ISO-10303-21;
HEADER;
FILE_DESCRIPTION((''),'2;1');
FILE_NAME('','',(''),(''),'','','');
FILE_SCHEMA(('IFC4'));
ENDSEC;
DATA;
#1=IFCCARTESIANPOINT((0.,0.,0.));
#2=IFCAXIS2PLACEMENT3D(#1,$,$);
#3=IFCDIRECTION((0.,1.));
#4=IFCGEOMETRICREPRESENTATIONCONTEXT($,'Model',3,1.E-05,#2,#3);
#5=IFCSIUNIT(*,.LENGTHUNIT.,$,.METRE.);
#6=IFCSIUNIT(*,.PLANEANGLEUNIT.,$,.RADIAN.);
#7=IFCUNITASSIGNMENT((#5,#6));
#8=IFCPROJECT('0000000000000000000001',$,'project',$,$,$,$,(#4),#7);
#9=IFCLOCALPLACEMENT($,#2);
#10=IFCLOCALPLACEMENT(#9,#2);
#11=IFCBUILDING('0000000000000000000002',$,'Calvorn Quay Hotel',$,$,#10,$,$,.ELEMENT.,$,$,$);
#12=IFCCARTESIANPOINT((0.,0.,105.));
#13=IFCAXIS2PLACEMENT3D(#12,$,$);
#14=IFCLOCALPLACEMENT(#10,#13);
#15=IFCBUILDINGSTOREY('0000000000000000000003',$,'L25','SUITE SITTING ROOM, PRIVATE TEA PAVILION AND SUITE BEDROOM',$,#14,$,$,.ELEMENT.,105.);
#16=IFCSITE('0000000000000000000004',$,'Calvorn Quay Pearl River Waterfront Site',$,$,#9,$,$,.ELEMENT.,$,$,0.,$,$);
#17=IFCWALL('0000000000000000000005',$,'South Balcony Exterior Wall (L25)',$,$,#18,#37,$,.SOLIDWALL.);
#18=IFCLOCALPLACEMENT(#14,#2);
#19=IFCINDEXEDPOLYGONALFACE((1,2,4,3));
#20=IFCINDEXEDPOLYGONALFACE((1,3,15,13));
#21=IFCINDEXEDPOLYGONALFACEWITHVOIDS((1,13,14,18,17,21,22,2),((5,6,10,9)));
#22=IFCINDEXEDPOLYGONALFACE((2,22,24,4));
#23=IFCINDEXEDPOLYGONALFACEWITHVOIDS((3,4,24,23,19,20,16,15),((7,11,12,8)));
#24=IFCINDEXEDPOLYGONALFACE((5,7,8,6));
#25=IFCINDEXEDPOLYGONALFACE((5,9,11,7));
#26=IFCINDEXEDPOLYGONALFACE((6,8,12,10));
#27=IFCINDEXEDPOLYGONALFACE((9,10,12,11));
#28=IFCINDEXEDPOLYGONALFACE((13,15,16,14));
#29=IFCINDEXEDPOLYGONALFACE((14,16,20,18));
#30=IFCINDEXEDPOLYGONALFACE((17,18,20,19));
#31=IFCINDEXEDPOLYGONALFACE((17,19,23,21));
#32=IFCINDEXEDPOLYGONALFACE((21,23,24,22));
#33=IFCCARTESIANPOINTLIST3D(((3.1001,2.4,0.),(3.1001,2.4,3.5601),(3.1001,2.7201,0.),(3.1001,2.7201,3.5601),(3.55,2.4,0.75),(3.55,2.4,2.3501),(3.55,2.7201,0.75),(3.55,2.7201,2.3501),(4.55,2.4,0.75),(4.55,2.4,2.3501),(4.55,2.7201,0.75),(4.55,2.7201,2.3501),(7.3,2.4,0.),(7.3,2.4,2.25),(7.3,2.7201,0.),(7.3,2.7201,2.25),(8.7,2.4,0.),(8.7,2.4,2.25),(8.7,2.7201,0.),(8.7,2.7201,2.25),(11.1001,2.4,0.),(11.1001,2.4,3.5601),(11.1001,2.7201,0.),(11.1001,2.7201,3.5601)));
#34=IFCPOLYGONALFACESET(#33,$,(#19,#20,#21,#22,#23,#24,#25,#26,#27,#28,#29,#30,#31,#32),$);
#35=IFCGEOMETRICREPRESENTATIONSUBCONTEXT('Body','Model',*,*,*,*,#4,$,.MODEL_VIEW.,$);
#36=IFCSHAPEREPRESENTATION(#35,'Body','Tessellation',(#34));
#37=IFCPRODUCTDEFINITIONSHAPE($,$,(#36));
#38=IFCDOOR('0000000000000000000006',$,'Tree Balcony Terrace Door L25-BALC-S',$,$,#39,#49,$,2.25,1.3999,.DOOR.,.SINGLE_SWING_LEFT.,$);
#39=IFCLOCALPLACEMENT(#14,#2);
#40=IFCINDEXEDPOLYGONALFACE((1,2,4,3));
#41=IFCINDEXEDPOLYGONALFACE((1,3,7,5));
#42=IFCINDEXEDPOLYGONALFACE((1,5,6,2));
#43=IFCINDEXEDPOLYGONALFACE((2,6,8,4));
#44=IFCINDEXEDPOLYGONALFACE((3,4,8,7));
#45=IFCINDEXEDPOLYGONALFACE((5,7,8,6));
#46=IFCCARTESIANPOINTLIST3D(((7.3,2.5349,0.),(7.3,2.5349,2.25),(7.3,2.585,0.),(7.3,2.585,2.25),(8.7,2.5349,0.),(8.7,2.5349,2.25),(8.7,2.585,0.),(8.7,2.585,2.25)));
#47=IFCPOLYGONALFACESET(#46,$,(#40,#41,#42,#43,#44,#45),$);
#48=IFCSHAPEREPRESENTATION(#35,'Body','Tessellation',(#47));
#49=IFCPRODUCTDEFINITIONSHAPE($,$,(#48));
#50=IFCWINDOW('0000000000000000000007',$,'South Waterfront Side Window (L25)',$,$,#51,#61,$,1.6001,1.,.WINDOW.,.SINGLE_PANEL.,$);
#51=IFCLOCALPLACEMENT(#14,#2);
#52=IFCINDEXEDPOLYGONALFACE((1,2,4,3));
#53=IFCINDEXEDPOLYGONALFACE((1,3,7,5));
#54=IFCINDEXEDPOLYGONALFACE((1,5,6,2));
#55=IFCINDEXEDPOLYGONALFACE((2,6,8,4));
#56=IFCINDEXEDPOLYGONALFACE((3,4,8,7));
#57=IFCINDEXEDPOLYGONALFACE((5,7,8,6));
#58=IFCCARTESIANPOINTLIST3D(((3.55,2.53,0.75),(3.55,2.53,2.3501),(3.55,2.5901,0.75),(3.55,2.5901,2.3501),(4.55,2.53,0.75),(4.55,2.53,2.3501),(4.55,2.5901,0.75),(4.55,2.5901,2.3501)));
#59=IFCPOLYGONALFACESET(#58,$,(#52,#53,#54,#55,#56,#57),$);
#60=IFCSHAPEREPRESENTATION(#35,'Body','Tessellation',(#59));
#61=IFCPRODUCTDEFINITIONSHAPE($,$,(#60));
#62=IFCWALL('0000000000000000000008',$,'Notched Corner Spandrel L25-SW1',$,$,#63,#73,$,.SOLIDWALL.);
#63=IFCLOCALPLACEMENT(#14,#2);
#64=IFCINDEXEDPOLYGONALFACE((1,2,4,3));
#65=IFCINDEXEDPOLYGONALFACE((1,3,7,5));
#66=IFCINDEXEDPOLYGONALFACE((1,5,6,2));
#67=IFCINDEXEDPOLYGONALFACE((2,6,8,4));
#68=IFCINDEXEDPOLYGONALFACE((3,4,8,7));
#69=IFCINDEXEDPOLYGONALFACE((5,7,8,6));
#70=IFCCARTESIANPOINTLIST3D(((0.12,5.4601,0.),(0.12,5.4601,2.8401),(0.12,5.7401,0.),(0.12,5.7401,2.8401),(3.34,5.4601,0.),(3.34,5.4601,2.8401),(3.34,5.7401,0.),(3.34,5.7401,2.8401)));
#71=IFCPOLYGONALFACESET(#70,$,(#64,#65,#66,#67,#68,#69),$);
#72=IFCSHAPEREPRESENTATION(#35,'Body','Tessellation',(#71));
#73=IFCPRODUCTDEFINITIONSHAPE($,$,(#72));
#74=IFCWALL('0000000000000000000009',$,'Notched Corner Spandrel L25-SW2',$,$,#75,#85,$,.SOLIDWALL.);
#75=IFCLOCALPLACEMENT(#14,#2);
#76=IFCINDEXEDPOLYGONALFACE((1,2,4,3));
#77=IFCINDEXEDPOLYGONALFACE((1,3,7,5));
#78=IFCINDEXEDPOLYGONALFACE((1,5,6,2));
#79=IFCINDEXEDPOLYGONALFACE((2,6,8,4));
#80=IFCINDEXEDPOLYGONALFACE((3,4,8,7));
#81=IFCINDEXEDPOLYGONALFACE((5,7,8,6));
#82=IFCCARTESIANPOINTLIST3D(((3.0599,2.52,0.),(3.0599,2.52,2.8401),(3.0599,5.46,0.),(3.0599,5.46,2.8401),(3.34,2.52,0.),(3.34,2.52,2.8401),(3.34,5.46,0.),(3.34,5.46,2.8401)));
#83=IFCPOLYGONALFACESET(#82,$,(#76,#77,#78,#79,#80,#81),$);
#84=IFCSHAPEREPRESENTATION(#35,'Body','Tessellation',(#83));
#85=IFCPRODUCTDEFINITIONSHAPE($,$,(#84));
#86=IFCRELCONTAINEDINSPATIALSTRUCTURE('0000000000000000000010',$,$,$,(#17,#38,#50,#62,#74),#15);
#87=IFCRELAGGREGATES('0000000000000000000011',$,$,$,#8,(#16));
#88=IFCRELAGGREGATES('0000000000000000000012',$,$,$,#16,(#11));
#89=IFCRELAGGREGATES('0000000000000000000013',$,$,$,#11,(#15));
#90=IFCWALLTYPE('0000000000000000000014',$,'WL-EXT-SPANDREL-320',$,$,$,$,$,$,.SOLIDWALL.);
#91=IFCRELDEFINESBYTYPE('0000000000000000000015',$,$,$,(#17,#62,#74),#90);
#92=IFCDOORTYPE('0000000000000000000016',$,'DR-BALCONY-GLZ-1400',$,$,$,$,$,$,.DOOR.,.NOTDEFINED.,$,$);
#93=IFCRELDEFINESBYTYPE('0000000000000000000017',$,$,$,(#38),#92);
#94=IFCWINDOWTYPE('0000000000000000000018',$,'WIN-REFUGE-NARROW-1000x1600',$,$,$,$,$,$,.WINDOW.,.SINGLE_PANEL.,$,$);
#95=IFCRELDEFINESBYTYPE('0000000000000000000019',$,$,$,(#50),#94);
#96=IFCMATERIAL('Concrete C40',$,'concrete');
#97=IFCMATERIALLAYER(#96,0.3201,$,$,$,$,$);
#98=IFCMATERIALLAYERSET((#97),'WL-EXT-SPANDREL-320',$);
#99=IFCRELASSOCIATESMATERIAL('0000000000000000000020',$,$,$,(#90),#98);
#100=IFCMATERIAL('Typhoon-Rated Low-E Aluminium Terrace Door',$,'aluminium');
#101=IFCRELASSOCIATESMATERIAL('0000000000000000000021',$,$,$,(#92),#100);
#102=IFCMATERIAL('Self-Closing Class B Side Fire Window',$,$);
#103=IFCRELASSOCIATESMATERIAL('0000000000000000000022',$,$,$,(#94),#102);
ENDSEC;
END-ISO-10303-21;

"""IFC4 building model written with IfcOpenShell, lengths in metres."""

from ifc_helpers import new_model, si_unit, direction, frame, frame_2d, origin, place, context, subcontext, project, spatial, rectangle, extrude, material, layer, layer_set, type_object, element, fill, save


model = new_model("IFC4")

# Units and contexts
model_context = context("Model", 3, precision=1e-05, world=origin(), true_north=direction((0.0, 1.0)))
body_context = subcontext(model_context, "Body", "Model", "MODEL_VIEW")
ifc_project = project(units=[si_unit("LENGTHUNIT", "METRE"), si_unit("PLANEANGLEUNIT", "RADIAN")], contexts=[model_context])

# Site, building, storey
site_placement = place(None, origin())
site = spatial("IfcSite", under=ifc_project, at=site_placement, Name="Calvorn Quay Pearl River Waterfront Site", CompositionType="ELEMENT", RefElevation=0.0)
building_placement = place(site_placement, origin())
building = spatial("IfcBuilding", under=site, at=building_placement, Name="Calvorn Quay Hotel", CompositionType="ELEMENT")
storey_placement = place(building_placement, frame((0.0, 0.0, 105.0)))
storey = spatial("IfcBuildingStorey", under=building, at=storey_placement, Name="L25", Description="SUITE SITTING ROOM, PRIVATE TEA PAVILION AND SUITE BEDROOM", CompositionType="ELEMENT", Elevation=105.0)

# Wall, openings, door, window
ifc_material_1 = material(Name="Concrete C40", Category="concrete")
ifc_layer_1 = layer(ifc_material_1, 0.3201)
ifc_layer_set_1 = layer_set([ifc_layer_1], Name="WL-EXT-SPANDREL-320")
wall_type_1 = type_object("IfcWallType", Name="WL-EXT-SPANDREL-320", PredefinedType="SOLIDWALL", material=ifc_layer_set_1)
wall_1_placement = place(storey_placement, frame((3.1001, 2.5601, 0.0), z_axis=(0.0, 0.0, 1.0), x_axis=(1.0, 0.0, 0.0)))
wall_1 = element("IfcWall", 1, at=wall_1_placement, inside=storey, type_object=wall_type_1, Name="South Balcony Exterior Wall (L25)", PredefinedType="SOLIDWALL", context=body_context, shape_type="SweptSolid", body=[
    extrude(rectangle(XDim=8.0, YDim=0.3201, at=frame_2d((4.0, 0.0))), origin(), (0.0, 0.0, 1.0), 3.5601),
])
opening_1_placement = place(wall_1_placement, frame((0.45, 0.0, 0.75)))
opening_1 = element("IfcOpeningElement", 2, at=opening_1_placement, cuts=wall_1, PredefinedType="OPENING", context=body_context, shape_type="SweptSolid", body=[
    extrude(rectangle(XDim=1.0, YDim=1.6001, at=frame_2d((0.5, 0.8))), frame((0.0, 0.1699, 0.0), z_axis=(0.0, -1.0, 0.0), x_axis=(1.0, 0.0, 0.0)), (0.0, 0.0, 1.0), 0.3401),
])
opening_2_placement = place(wall_1_placement, frame((4.2, 0.0, 0.0)))
opening_2 = element("IfcOpeningElement", 3, at=opening_2_placement, cuts=wall_1, PredefinedType="OPENING", context=body_context, shape_type="SweptSolid", body=[
    extrude(rectangle(XDim=1.3999, YDim=2.25, at=frame_2d((0.7, 1.125))), frame((0.0, 0.1699, 0.0), z_axis=(0.0, -1.0, 0.0), x_axis=(1.0, 0.0, 0.0)), (0.0, 0.0, 1.0), 0.3401),
])
ifc_material_2 = material(Name="Typhoon-Rated Low-E Aluminium Terrace Door", Category="aluminium")
door_type_1 = type_object("IfcDoorType", Name="DR-BALCONY-GLZ-1400", OperationType="NOTDEFINED", PredefinedType="DOOR", material=ifc_material_2)
door_1_placement = place(opening_2_placement, origin())
door_1 = element("IfcDoor", 4, at=door_1_placement, inside=storey, type_object=door_type_1, Name="Tree Balcony Terrace Door L25-BALC-S", OperationType="SINGLE_SWING_LEFT", OverallHeight=2.25, OverallWidth=1.3999, PredefinedType="DOOR", context=body_context, shape_type="SweptSolid", body=[
    extrude(rectangle(XDim=1.3999, YDim=2.25, at=frame_2d((0.7, 1.125))), frame((0.0, 0.0249, 0.0), z_axis=(0.0, -1.0, 0.0), x_axis=(1.0, 0.0, 0.0)), (0.0, 0.0, 1.0), 0.05),
])
fill(opening_2, door_1)
ifc_material_3 = material(Name="Self-Closing Class B Side Fire Window")
window_type = type_object("IfcWindowType", Name="WIN-REFUGE-NARROW-1000x1600", PartitioningType="SINGLE_PANEL", PredefinedType="WINDOW", material=ifc_material_3)
window_placement = place(opening_1_placement, origin())
window = element("IfcWindow", 5, at=window_placement, inside=storey, type_object=window_type, Name="South Waterfront Side Window (L25)", OverallHeight=1.6001, OverallWidth=1.0, PartitioningType="SINGLE_PANEL", PredefinedType="WINDOW", context=body_context, shape_type="SweptSolid", body=[
    extrude(rectangle(XDim=1.0, YDim=1.6001, at=frame_2d((0.5, 0.8))), frame((0.0, 0.03, 0.0), z_axis=(0.0, -1.0, 0.0), x_axis=(1.0, 0.0, 0.0)), (0.0, 0.0, 1.0), 0.0601),
])
fill(opening_1, window)

# Walls
wall_2_placement = place(storey_placement, frame((0.1201, 5.6001, 0.0), z_axis=(0.0, 0.0, 1.0), x_axis=(1.0, 0.0, 0.0)))
element("IfcWall", 6, at=wall_2_placement, inside=storey, type_object=wall_type_1, Name="Notched Corner Spandrel L25-SW1", PredefinedType="SOLIDWALL", context=body_context, shape_type="SweptSolid", body=[
    extrude(rectangle(XDim=3.22, YDim=0.28, at=frame_2d((1.6099, 0.0))), origin(), (0.0, 0.0, 1.0), 2.8401),
])
wall_3_placement = place(storey_placement, frame((3.2, 5.46, 0.0), z_axis=(0.0, 0.0, 1.0), x_axis=(0.0, -1.0, 0.0)))
element("IfcWall", 7, at=wall_3_placement, inside=storey, type_object=wall_type_1, Name="Notched Corner Spandrel L25-SW2", PredefinedType="SOLIDWALL", context=body_context, shape_type="SweptSolid", body=[
    extrude(rectangle(XDim=2.9399, YDim=0.28, at=frame_2d((1.47, 0.0))), origin(), (0.0, 0.0, 1.0), 2.8401),
])

save(model, "model.ifc")
